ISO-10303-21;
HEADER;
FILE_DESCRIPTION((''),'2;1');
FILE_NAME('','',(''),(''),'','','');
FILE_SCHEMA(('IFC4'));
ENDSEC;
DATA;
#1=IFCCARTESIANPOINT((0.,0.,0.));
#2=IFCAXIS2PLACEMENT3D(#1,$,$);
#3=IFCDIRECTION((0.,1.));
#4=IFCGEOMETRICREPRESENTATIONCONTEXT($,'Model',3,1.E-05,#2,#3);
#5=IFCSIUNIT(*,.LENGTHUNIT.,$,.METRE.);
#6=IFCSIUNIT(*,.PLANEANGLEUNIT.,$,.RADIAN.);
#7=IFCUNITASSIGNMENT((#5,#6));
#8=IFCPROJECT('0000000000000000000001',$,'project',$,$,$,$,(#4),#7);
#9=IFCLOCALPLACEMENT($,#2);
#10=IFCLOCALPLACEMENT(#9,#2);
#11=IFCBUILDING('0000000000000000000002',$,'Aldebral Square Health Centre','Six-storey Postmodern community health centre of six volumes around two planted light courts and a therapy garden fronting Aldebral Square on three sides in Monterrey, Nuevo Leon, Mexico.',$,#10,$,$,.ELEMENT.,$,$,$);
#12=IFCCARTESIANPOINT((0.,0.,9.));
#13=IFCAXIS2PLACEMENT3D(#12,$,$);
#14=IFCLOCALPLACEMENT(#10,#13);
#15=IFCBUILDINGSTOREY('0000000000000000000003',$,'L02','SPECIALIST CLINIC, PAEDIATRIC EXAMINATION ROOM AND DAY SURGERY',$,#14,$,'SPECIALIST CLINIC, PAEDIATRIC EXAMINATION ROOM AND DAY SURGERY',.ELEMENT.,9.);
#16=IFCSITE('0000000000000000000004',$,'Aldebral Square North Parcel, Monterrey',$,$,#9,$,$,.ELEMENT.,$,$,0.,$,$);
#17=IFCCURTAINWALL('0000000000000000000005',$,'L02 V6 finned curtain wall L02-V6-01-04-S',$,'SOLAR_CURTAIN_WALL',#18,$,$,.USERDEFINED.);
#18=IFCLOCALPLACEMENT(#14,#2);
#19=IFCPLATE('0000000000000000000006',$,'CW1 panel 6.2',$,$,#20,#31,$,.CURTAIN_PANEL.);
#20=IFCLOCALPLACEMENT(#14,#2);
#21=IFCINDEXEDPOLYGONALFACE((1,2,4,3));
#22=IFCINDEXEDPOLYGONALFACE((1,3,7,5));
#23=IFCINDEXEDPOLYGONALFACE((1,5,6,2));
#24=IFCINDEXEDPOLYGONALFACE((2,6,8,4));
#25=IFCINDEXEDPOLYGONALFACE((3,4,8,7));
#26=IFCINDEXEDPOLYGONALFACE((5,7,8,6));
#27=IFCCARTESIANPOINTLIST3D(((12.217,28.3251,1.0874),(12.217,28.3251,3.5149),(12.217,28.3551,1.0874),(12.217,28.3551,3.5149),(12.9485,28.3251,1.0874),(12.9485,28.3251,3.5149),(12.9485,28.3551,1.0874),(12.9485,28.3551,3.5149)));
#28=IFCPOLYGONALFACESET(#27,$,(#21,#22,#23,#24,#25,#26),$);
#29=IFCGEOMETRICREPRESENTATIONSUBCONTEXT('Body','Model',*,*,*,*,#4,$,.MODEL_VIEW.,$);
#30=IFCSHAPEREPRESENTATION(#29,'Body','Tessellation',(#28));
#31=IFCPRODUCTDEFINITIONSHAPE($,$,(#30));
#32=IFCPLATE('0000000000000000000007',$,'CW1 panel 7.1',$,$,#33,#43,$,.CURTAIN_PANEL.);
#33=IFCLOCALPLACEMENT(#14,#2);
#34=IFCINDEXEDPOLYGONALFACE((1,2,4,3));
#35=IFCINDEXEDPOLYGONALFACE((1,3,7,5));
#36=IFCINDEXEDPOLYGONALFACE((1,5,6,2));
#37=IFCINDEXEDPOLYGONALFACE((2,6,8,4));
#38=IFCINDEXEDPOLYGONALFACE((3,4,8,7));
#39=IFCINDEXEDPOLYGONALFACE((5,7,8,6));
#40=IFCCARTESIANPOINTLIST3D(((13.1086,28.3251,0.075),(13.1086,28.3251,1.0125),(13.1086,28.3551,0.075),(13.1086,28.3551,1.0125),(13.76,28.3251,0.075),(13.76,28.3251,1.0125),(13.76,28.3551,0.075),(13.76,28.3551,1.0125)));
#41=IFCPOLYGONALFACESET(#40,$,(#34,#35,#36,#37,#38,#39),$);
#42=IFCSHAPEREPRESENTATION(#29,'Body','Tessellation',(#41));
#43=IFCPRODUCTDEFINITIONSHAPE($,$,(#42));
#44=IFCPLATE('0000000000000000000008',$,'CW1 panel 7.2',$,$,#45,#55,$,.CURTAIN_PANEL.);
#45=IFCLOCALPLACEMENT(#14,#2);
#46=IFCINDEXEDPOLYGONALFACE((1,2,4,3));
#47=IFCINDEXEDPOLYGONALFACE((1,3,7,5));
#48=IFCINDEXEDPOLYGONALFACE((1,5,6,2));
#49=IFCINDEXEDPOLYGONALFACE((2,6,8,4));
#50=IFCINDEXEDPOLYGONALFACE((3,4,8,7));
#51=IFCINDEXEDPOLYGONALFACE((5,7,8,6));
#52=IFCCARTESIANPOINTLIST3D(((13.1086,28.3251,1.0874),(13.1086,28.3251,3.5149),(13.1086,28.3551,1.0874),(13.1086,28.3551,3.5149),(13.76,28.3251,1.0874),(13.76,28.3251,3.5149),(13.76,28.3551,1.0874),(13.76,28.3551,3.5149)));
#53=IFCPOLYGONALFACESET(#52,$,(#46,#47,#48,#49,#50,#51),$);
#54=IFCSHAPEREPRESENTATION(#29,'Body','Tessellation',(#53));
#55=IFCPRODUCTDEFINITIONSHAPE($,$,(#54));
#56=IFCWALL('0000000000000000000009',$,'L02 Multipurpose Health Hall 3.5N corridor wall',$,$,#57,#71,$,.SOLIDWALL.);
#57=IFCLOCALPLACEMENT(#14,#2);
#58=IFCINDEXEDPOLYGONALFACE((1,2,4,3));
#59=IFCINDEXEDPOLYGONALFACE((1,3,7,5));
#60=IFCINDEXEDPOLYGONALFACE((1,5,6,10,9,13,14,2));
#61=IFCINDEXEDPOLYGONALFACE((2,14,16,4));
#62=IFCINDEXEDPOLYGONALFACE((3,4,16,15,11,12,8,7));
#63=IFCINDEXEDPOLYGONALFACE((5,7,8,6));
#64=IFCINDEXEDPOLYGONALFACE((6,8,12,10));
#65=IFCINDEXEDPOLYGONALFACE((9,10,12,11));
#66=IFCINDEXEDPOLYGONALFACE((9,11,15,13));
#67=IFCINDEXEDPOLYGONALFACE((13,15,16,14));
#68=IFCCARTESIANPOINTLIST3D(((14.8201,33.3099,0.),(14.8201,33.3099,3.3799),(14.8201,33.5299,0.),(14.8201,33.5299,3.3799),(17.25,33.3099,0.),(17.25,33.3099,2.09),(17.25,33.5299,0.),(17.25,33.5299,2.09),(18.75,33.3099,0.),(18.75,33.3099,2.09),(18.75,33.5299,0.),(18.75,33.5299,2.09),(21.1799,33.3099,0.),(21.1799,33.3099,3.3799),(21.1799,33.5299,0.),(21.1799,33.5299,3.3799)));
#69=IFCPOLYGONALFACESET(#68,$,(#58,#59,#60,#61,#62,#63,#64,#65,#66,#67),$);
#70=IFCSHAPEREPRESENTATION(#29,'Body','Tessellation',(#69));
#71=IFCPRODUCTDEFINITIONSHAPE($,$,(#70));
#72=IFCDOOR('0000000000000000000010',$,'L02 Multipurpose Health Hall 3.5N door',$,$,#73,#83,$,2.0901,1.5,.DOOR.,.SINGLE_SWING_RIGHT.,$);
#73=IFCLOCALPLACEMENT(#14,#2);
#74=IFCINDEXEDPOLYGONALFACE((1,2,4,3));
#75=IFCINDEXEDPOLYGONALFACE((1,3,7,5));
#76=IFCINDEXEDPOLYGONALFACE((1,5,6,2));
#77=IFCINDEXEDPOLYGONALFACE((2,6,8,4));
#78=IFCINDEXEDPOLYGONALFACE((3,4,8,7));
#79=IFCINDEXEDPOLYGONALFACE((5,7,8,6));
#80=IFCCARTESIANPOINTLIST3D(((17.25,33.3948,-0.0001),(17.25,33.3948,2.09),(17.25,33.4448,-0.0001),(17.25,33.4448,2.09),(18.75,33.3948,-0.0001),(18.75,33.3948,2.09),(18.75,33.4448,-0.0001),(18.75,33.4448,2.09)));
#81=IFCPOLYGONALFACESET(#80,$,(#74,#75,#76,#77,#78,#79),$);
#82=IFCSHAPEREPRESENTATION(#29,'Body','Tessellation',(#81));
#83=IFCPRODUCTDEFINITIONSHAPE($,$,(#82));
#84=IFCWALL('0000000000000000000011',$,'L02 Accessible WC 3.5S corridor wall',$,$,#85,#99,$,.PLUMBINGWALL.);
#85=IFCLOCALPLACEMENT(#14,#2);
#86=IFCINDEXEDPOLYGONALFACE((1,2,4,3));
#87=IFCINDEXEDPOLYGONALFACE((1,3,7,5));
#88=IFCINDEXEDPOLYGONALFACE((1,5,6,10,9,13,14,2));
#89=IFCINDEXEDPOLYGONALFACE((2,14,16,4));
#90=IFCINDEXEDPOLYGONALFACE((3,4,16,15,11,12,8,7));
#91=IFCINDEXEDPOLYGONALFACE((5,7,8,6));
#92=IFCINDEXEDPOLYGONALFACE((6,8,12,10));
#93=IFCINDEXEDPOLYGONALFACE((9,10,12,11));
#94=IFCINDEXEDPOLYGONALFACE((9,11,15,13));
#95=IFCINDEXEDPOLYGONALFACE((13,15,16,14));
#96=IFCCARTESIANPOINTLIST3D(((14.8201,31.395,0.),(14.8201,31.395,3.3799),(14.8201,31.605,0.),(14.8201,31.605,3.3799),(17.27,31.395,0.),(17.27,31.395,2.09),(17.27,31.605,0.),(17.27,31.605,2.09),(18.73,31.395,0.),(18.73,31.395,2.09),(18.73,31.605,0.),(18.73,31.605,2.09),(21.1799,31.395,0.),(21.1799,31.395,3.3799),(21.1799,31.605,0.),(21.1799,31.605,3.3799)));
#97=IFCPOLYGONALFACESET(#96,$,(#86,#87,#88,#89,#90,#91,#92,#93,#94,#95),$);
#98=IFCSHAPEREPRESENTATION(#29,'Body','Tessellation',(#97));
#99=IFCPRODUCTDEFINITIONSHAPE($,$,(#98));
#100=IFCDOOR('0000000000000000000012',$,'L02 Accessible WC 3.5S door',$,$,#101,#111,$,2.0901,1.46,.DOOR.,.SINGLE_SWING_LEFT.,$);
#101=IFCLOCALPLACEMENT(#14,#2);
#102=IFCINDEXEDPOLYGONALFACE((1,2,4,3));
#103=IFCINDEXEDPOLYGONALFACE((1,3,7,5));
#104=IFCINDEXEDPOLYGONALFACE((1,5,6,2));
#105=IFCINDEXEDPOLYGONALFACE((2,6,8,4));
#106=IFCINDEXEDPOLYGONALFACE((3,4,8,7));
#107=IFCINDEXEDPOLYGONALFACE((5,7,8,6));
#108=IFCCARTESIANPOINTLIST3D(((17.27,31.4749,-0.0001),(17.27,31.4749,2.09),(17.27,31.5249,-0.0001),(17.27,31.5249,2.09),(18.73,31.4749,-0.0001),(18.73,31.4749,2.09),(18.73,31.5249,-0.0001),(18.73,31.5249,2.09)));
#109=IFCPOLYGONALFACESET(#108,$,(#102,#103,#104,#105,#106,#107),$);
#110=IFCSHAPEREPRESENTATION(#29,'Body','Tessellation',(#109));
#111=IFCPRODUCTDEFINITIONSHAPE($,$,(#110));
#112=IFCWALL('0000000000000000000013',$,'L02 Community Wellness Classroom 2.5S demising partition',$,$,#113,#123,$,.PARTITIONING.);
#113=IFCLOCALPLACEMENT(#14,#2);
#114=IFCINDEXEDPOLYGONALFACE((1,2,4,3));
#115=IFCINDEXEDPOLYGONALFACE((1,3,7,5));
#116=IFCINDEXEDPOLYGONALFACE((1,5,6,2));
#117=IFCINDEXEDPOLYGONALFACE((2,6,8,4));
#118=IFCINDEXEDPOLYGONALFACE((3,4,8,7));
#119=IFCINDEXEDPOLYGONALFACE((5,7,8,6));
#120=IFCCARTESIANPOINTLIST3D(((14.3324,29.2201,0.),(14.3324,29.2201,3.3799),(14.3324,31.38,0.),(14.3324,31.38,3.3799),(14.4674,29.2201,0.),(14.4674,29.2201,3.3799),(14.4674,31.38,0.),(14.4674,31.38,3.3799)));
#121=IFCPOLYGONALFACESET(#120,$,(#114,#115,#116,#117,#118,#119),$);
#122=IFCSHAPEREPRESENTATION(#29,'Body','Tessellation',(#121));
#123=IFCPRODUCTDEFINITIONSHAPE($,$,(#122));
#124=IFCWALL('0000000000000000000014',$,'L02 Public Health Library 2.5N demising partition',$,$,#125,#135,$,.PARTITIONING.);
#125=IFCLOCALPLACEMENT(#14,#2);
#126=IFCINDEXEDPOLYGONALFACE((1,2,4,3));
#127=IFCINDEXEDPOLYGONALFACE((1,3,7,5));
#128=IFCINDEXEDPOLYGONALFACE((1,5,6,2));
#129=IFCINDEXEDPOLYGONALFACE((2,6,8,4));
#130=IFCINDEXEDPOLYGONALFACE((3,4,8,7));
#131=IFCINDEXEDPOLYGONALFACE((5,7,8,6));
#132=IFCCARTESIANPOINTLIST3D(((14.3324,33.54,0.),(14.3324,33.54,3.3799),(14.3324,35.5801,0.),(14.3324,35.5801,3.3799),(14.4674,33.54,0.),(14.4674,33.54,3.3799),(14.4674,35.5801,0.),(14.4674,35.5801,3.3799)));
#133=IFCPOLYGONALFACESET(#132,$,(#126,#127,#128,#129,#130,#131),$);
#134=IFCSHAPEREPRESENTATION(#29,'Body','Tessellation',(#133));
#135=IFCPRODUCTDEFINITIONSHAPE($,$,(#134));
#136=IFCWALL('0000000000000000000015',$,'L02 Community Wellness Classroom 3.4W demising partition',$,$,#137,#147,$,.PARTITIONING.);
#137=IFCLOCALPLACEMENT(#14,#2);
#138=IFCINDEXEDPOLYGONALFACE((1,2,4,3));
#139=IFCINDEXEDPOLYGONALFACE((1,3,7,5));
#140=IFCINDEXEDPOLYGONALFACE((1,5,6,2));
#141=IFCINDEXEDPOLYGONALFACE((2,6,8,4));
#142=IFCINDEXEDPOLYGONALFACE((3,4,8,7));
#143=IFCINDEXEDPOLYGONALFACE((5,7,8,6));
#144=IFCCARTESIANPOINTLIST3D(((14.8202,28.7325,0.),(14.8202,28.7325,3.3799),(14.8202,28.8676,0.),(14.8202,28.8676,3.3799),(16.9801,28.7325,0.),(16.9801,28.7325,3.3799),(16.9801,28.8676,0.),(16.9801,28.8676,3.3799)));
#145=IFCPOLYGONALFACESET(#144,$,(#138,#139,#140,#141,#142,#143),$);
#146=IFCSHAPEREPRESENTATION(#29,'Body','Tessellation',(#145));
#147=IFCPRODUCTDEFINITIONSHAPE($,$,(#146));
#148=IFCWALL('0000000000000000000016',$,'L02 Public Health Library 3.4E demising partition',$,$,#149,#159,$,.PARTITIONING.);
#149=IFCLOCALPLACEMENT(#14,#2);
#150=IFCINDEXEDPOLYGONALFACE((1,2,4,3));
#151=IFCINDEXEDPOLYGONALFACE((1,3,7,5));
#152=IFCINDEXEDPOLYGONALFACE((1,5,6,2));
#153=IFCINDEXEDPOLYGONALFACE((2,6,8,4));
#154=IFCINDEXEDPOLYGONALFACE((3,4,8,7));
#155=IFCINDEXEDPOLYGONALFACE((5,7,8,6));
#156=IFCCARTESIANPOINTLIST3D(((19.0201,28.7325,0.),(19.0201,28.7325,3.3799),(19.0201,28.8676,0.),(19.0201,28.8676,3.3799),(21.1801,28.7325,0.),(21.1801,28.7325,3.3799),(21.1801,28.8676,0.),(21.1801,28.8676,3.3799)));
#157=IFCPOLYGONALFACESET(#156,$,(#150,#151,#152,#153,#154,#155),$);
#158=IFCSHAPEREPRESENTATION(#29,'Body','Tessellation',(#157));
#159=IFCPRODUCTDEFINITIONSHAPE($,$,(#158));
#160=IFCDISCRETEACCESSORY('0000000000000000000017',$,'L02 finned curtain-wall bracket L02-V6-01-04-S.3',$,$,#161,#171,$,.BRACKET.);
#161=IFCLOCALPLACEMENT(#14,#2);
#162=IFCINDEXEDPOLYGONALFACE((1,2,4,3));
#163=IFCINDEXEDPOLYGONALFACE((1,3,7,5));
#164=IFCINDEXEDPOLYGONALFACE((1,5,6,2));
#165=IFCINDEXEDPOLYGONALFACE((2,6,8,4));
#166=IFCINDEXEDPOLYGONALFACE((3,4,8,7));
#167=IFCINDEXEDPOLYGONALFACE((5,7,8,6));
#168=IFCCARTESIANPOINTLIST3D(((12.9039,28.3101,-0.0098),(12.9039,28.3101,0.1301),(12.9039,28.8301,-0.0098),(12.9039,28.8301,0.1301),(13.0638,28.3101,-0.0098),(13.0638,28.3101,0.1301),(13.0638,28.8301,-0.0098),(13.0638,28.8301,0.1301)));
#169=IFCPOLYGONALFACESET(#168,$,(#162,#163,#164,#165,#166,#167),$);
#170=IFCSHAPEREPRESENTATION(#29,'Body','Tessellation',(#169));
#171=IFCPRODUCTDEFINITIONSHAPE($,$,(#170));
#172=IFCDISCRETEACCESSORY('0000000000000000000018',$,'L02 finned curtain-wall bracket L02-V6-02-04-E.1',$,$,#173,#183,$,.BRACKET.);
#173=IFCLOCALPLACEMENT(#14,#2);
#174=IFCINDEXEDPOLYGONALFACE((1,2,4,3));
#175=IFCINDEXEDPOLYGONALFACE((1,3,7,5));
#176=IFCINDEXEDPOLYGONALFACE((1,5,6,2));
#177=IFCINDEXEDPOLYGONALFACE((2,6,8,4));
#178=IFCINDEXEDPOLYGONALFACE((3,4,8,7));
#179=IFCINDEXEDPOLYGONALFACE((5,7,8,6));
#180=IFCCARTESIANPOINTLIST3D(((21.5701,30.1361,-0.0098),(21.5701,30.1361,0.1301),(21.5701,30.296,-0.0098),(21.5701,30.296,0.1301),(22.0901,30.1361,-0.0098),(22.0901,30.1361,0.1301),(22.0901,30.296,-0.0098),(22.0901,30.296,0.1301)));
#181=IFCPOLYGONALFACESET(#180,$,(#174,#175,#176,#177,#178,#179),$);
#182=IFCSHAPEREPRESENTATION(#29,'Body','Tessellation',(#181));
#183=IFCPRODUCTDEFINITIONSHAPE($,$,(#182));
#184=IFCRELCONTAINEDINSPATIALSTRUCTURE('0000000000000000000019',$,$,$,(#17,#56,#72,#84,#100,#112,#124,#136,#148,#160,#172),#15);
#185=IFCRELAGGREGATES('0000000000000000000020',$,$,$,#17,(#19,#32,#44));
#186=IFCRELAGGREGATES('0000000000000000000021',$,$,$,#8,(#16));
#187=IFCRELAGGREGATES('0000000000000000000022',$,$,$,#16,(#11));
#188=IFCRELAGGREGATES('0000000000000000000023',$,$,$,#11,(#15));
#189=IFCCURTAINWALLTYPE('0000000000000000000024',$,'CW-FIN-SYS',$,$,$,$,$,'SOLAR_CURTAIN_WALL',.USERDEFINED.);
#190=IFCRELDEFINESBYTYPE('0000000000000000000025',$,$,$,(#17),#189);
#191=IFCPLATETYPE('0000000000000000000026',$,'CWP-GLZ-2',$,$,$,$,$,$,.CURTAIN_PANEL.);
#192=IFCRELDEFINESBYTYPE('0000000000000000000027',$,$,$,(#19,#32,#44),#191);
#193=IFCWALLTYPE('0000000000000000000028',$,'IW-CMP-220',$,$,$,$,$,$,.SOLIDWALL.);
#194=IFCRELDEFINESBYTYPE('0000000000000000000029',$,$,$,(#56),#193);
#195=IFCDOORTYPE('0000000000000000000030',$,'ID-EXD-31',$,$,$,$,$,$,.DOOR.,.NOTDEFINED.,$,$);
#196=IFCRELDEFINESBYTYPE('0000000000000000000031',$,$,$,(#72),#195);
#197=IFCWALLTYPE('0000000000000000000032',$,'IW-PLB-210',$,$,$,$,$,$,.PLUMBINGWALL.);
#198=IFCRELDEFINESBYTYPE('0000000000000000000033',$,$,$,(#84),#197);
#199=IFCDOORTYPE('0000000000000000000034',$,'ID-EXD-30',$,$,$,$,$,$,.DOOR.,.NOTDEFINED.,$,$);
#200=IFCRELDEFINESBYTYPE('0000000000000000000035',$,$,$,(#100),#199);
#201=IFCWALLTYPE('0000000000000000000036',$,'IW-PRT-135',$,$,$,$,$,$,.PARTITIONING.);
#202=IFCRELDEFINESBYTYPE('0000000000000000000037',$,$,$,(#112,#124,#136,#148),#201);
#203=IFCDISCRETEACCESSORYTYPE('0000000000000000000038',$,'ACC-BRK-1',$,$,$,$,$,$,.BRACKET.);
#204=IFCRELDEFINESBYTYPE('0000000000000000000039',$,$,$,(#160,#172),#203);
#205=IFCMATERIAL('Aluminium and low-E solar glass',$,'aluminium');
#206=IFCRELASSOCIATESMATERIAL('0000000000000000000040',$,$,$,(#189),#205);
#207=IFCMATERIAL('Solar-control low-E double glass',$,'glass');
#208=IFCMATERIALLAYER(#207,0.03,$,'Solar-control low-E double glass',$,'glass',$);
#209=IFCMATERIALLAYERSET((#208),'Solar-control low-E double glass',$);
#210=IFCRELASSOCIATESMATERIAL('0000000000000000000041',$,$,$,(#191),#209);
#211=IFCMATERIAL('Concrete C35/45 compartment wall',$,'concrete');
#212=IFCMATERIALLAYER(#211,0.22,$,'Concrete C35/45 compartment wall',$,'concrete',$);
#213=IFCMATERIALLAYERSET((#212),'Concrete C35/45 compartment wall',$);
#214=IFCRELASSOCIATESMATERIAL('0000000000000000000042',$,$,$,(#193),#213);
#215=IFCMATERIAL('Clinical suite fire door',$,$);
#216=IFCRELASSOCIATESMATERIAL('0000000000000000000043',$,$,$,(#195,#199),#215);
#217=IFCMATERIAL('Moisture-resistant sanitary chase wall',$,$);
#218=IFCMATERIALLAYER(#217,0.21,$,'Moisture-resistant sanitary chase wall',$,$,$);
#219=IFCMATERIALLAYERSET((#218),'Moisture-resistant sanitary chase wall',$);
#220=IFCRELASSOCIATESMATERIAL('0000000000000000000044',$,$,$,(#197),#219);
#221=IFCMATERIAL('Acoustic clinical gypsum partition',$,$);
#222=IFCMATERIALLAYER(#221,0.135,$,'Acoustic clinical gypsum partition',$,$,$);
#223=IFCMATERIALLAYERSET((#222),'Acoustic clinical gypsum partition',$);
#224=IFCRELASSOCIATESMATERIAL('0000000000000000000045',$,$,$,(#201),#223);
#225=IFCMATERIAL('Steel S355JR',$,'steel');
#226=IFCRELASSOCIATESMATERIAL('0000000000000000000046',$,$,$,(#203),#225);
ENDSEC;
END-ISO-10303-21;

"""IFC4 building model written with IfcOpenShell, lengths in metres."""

from ifc_helpers import new_model, si_unit, direction, frame, frame_2d, origin, origin_2d, place, context, subcontext, project, spatial, rectangle, extrude, material, layer, layer_set, type_object, element, fill, aggregate, save


model = new_model("IFC4")

# Units and contexts
model_context = context("Model", 3, precision=1e-05, world=origin(), true_north=direction((0.0, 1.0)))
body_context = subcontext(model_context, "Body", "Model", "MODEL_VIEW")
ifc_project = project(units=[si_unit("LENGTHUNIT", "METRE"), si_unit("PLANEANGLEUNIT", "RADIAN")], contexts=[model_context])

# Site, building, storey
site_placement = place(None, origin())
site = spatial("IfcSite", under=ifc_project, at=site_placement, Name="Aldebral Square North Parcel, Monterrey", CompositionType="ELEMENT", RefElevation=0.0)
building_placement = place(site_placement, origin())
building = spatial("IfcBuilding", under=site, at=building_placement, Name="Aldebral Square Health Centre", Description="Six-storey Postmodern community health centre of six volumes around two planted light courts and a therapy garden fronting Aldebral Square on three sides in Monterrey, Nuevo Leon, Mexico.", CompositionType="ELEMENT")
storey_placement = place(building_placement, frame((0.0, 0.0, 9.0)))
storey = spatial("IfcBuildingStorey", under=building, at=storey_placement, Name="L02", Description="SPECIALIST CLINIC, PAEDIATRIC EXAMINATION ROOM AND DAY SURGERY", LongName="SPECIALIST CLINIC, PAEDIATRIC EXAMINATION ROOM AND DAY SURGERY", CompositionType="ELEMENT", Elevation=9.0)

# Curtain wall
ifc_material_1 = material(Name="Aluminium and low-E solar glass", Category="aluminium")
curtain_wall_type = type_object("IfcCurtainWallType", Name="CW-FIN-SYS", ElementType="SOLAR_CURTAIN_WALL", PredefinedType="USERDEFINED", material=ifc_material_1)
curtain_wall_1_placement = place(storey_placement, origin())
curtain_wall_1 = element("IfcCurtainWall", 1, at=curtain_wall_1_placement, inside=storey, type_object=curtain_wall_type, Name="L02 V6 finned curtain wall L02-V6-01-04-S", ObjectType="SOLAR_CURTAIN_WALL", PredefinedType="USERDEFINED")

# Plates
ifc_material_2 = material(Name="Solar-control low-E double glass", Category="glass")
ifc_layer_1 = layer(ifc_material_2, 0.03, Name="Solar-control low-E double glass", Category="glass")
ifc_layer_set_1 = layer_set([ifc_layer_1], Name="Solar-control low-E double glass")
plate_type = type_object("IfcPlateType", Name="CWP-GLZ-2", PredefinedType="CURTAIN_PANEL", material=ifc_layer_set_1)
plate_1_placement = place(storey_placement, frame((12.5828, 28.3401, 1.0874), z_axis=(0.0, 0.0, 1.0), x_axis=(1.0, 0.0, 0.0)))
plate_1 = element("IfcPlate", 2, at=plate_1_placement, type_object=plate_type, Name="CW1 panel 6.2", PredefinedType="CURTAIN_PANEL", context=body_context, shape_type="SweptSolid", body=[
    extrude(rectangle(XDim=0.7314, YDim=0.03, at=origin_2d()), origin(), (0.0, 0.0, 1.0), 2.4275),
])
plate_2_placement = place(storey_placement, frame((13.4343, 28.3401, 0.075), z_axis=(0.0, 0.0, 1.0), x_axis=(1.0, 0.0, 0.0)))
plate_2 = element("IfcPlate", 3, at=plate_2_placement, type_object=plate_type, Name="CW1 panel 7.1", PredefinedType="CURTAIN_PANEL", context=body_context, shape_type="SweptSolid", body=[
    extrude(rectangle(XDim=0.6514, YDim=0.03, at=origin_2d()), origin(), (0.0, 0.0, 1.0), 0.9375),
])
plate_3_placement = place(storey_placement, frame((13.4343, 28.3401, 1.0874), z_axis=(0.0, 0.0, 1.0), x_axis=(1.0, 0.0, 0.0)))
plate_3 = element("IfcPlate", 4, at=plate_3_placement, type_object=plate_type, Name="CW1 panel 7.2", PredefinedType="CURTAIN_PANEL", context=body_context, shape_type="SweptSolid", body=[
    extrude(rectangle(XDim=0.6514, YDim=0.03, at=origin_2d()), origin(), (0.0, 0.0, 1.0), 2.4275),
])
aggregate(curtain_wall_1, [plate_1, plate_2, plate_3])

# Walls, openings, doors
ifc_material_3 = material(Name="Concrete C35/45 compartment wall", Category="concrete")
ifc_layer_2 = layer(ifc_material_3, 0.22, Name="Concrete C35/45 compartment wall", Category="concrete")
ifc_layer_set_2 = layer_set([ifc_layer_2], Name="Concrete C35/45 compartment wall")
wall_type_1 = type_object("IfcWallType", Name="IW-CMP-220", PredefinedType="SOLIDWALL", material=ifc_layer_set_2)
wall_1_placement = place(storey_placement, frame((14.8201, 33.4199, 0.0), z_axis=(0.0, 0.0, 1.0), x_axis=(1.0, 0.0, 0.0)))
wall_1 = element("IfcWall", 5, at=wall_1_placement, inside=storey, type_object=wall_type_1, Name="L02 Multipurpose Health Hall 3.5N corridor wall", PredefinedType="SOLIDWALL", context=body_context, shape_type="SweptSolid", body=[
    extrude(rectangle(XDim=6.3599, YDim=0.22, at=frame_2d((3.1799, 0.0))), origin(), (0.0, 0.0, 1.0), 3.3799),
])
opening_1_placement = place(wall_1_placement, frame((2.4299, 0.0, 0.0)))
opening_1 = element("IfcOpeningElement", 6, at=opening_1_placement, cuts=wall_1, PredefinedType="OPENING", context=body_context, shape_type="SweptSolid", body=[
    extrude(rectangle(XDim=1.5, YDim=2.0901, at=frame_2d((0.75, 1.0449))), frame((0.0, 0.1201, 0.0), z_axis=(0.0, -1.0, 0.0), x_axis=(1.0, 0.0, 0.0)), (0.0, 0.0, 1.0), 0.24),
])
ifc_material_4 = material(Name="Clinical suite fire door")
door_type_1 = type_object("IfcDoorType", Name="ID-EXD-31", OperationType="NOTDEFINED", PredefinedType="DOOR", material=ifc_material_4)
door_1_placement = place(opening_1_placement, origin())
door_1 = element("IfcDoor", 7, at=door_1_placement, inside=storey, type_object=door_type_1, Name="L02 Multipurpose Health Hall 3.5N door", OperationType="SINGLE_SWING_RIGHT", OverallHeight=2.0901, OverallWidth=1.5, PredefinedType="DOOR", context=body_context, shape_type="SweptSolid", body=[
    extrude(rectangle(XDim=1.5, YDim=2.0901, at=frame_2d((0.75, 1.0449))), frame((0.0, 0.0249, 0.0), z_axis=(0.0, -1.0, 0.0), x_axis=(1.0, 0.0, 0.0)), (0.0, 0.0, 1.0), 0.05),
])
fill(opening_1, door_1)
ifc_material_5 = material(Name="Moisture-resistant sanitary chase wall")
ifc_layer_3 = layer(ifc_material_5, 0.21, Name="Moisture-resistant sanitary chase wall")
ifc_layer_set_3 = layer_set([ifc_layer_3], Name="Moisture-resistant sanitary chase wall")
wall_type_2 = type_object("IfcWallType", Name="IW-PLB-210", PredefinedType="PLUMBINGWALL", material=ifc_layer_set_3)
wall_2_placement = place(storey_placement, frame((14.8201, 31.5, 0.0), z_axis=(0.0, 0.0, 1.0), x_axis=(1.0, 0.0, 0.0)))
wall_2 = element("IfcWall", 8, at=wall_2_placement, inside=storey, type_object=wall_type_2, Name="L02 Accessible WC 3.5S corridor wall", PredefinedType="PLUMBINGWALL", context=body_context, shape_type="SweptSolid", body=[
    extrude(rectangle(XDim=6.3599, YDim=0.21, at=frame_2d((3.1799, 0.0))), origin(), (0.0, 0.0, 1.0), 3.3799),
])
opening_2_placement = place(wall_2_placement, frame((2.45, 0.0, 0.0)))
opening_2 = element("IfcOpeningElement", 9, at=opening_2_placement, cuts=wall_2, PredefinedType="OPENING", context=body_context, shape_type="SweptSolid", body=[
    extrude(rectangle(XDim=1.46, YDim=2.0901, at=frame_2d((0.73, 1.0449))), frame((0.0, 0.115, 0.0), z_axis=(0.0, -1.0, 0.0), x_axis=(1.0, 0.0, 0.0)), (0.0, 0.0, 1.0), 0.23),
])
door_type_2 = type_object("IfcDoorType", Name="ID-EXD-30", OperationType="NOTDEFINED", PredefinedType="DOOR", material=ifc_material_4)
door_2_placement = place(opening_2_placement, origin())
door_2 = element("IfcDoor", 10, at=door_2_placement, inside=storey, type_object=door_type_2, Name="L02 Accessible WC 3.5S door", OperationType="SINGLE_SWING_LEFT", OverallHeight=2.0901, OverallWidth=1.46, PredefinedType="DOOR", context=body_context, shape_type="SweptSolid", body=[
    extrude(rectangle(XDim=1.46, YDim=2.0901, at=frame_2d((0.73, 1.0449))), frame((0.0, 0.0249, 0.0), z_axis=(0.0, -1.0, 0.0), x_axis=(1.0, 0.0, 0.0)), (0.0, 0.0, 1.0), 0.05),
])
fill(opening_2, door_2)

# Walls
ifc_material_6 = material(Name="Acoustic clinical gypsum partition")
ifc_layer_4 = layer(ifc_material_6, 0.135, Name="Acoustic clinical gypsum partition")
ifc_layer_set_4 = layer_set([ifc_layer_4], Name="Acoustic clinical gypsum partition")
wall_type_3 = type_object("IfcWallType", Name="IW-PRT-135", PredefinedType="PARTITIONING", material=ifc_layer_set_4)
wall_3_placement = place(storey_placement, frame((14.3999, 29.22, 0.0), z_axis=(0.0, 0.0, 1.0), x_axis=(0.0, 1.0, 0.0)))
element("IfcWall", 11, at=wall_3_placement, inside=storey, type_object=wall_type_3, Name="L02 Community Wellness Classroom 2.5S demising partition", PredefinedType="PARTITIONING", context=body_context, shape_type="SweptSolid", body=[
    extrude(rectangle(XDim=2.1599, YDim=0.135, at=frame_2d((1.0801, 0.0))), origin(), (0.0, 0.0, 1.0), 3.3799),
])
wall_4_placement = place(storey_placement, frame((14.3999, 33.54, 0.0), z_axis=(0.0, 0.0, 1.0), x_axis=(0.0, 1.0, 0.0)))
element("IfcWall", 12, at=wall_4_placement, inside=storey, type_object=wall_type_3, Name="L02 Public Health Library 2.5N demising partition", PredefinedType="PARTITIONING", context=body_context, shape_type="SweptSolid", body=[
    extrude(rectangle(XDim=2.04, YDim=0.135, at=frame_2d((1.02, 0.0))), origin(), (0.0, 0.0, 1.0), 3.3799),
])
for number, where, z_axis, x_axis, name in (
    (13, (14.8201, 28.8, 0.0), (0.0, 0.0, 1.0), (1.0, 0.0, 0.0), "L02 Community Wellness Classroom 3.4W demising partition"),
    (14, (19.02, 28.8, 0.0), (0.0, 0.0, 1.0), (1.0, 0.0, 0.0), "L02 Public Health Library 3.4E demising partition"),
):
    element("IfcWall", number, at=place(storey_placement, frame(where, z_axis=z_axis, x_axis=x_axis)), inside=storey, type_object=wall_type_3, Name=name, PredefinedType="PARTITIONING", context=body_context, shape_type="SweptSolid", body=[
        extrude(rectangle(XDim=2.1599, YDim=0.135, at=frame_2d((1.0801, 0.0))), origin(), (0.0, 0.0, 1.0), 3.3799),
    ])

# Discrete accessories
ifc_material_7 = material(Name="Steel S355JR", Category="steel")
discrete_accessory_type = type_object("IfcDiscreteAccessoryType", Name="ACC-BRK-1", PredefinedType="BRACKET", material=ifc_material_7)
for number, where, z_axis, x_axis, name in (
    (15, (12.9839, 28.5701, -0.0098), (0.0, 0.0, 1.0), (1.0, 0.0, 0.0), "L02 finned curtain-wall bracket L02-V6-01-04-S.3"),
    (16, (21.8301, 30.2161, -0.0098), (0.0, 0.0, 1.0), (0.0, 1.0, 0.0), "L02 finned curtain-wall bracket L02-V6-02-04-E.1"),
):
    element("IfcDiscreteAccessory", number, at=place(storey_placement, frame(where, z_axis=z_axis, x_axis=x_axis)), inside=storey, type_object=discrete_accessory_type, Name=name, PredefinedType="BRACKET", context=body_context, shape_type="SweptSolid", body=[
        extrude(rectangle(XDim=0.1599, YDim=0.52, at=origin_2d()), origin(), (0.0, 0.0, 1.0), 0.1399),
    ])

save(model, "model.ifc")
